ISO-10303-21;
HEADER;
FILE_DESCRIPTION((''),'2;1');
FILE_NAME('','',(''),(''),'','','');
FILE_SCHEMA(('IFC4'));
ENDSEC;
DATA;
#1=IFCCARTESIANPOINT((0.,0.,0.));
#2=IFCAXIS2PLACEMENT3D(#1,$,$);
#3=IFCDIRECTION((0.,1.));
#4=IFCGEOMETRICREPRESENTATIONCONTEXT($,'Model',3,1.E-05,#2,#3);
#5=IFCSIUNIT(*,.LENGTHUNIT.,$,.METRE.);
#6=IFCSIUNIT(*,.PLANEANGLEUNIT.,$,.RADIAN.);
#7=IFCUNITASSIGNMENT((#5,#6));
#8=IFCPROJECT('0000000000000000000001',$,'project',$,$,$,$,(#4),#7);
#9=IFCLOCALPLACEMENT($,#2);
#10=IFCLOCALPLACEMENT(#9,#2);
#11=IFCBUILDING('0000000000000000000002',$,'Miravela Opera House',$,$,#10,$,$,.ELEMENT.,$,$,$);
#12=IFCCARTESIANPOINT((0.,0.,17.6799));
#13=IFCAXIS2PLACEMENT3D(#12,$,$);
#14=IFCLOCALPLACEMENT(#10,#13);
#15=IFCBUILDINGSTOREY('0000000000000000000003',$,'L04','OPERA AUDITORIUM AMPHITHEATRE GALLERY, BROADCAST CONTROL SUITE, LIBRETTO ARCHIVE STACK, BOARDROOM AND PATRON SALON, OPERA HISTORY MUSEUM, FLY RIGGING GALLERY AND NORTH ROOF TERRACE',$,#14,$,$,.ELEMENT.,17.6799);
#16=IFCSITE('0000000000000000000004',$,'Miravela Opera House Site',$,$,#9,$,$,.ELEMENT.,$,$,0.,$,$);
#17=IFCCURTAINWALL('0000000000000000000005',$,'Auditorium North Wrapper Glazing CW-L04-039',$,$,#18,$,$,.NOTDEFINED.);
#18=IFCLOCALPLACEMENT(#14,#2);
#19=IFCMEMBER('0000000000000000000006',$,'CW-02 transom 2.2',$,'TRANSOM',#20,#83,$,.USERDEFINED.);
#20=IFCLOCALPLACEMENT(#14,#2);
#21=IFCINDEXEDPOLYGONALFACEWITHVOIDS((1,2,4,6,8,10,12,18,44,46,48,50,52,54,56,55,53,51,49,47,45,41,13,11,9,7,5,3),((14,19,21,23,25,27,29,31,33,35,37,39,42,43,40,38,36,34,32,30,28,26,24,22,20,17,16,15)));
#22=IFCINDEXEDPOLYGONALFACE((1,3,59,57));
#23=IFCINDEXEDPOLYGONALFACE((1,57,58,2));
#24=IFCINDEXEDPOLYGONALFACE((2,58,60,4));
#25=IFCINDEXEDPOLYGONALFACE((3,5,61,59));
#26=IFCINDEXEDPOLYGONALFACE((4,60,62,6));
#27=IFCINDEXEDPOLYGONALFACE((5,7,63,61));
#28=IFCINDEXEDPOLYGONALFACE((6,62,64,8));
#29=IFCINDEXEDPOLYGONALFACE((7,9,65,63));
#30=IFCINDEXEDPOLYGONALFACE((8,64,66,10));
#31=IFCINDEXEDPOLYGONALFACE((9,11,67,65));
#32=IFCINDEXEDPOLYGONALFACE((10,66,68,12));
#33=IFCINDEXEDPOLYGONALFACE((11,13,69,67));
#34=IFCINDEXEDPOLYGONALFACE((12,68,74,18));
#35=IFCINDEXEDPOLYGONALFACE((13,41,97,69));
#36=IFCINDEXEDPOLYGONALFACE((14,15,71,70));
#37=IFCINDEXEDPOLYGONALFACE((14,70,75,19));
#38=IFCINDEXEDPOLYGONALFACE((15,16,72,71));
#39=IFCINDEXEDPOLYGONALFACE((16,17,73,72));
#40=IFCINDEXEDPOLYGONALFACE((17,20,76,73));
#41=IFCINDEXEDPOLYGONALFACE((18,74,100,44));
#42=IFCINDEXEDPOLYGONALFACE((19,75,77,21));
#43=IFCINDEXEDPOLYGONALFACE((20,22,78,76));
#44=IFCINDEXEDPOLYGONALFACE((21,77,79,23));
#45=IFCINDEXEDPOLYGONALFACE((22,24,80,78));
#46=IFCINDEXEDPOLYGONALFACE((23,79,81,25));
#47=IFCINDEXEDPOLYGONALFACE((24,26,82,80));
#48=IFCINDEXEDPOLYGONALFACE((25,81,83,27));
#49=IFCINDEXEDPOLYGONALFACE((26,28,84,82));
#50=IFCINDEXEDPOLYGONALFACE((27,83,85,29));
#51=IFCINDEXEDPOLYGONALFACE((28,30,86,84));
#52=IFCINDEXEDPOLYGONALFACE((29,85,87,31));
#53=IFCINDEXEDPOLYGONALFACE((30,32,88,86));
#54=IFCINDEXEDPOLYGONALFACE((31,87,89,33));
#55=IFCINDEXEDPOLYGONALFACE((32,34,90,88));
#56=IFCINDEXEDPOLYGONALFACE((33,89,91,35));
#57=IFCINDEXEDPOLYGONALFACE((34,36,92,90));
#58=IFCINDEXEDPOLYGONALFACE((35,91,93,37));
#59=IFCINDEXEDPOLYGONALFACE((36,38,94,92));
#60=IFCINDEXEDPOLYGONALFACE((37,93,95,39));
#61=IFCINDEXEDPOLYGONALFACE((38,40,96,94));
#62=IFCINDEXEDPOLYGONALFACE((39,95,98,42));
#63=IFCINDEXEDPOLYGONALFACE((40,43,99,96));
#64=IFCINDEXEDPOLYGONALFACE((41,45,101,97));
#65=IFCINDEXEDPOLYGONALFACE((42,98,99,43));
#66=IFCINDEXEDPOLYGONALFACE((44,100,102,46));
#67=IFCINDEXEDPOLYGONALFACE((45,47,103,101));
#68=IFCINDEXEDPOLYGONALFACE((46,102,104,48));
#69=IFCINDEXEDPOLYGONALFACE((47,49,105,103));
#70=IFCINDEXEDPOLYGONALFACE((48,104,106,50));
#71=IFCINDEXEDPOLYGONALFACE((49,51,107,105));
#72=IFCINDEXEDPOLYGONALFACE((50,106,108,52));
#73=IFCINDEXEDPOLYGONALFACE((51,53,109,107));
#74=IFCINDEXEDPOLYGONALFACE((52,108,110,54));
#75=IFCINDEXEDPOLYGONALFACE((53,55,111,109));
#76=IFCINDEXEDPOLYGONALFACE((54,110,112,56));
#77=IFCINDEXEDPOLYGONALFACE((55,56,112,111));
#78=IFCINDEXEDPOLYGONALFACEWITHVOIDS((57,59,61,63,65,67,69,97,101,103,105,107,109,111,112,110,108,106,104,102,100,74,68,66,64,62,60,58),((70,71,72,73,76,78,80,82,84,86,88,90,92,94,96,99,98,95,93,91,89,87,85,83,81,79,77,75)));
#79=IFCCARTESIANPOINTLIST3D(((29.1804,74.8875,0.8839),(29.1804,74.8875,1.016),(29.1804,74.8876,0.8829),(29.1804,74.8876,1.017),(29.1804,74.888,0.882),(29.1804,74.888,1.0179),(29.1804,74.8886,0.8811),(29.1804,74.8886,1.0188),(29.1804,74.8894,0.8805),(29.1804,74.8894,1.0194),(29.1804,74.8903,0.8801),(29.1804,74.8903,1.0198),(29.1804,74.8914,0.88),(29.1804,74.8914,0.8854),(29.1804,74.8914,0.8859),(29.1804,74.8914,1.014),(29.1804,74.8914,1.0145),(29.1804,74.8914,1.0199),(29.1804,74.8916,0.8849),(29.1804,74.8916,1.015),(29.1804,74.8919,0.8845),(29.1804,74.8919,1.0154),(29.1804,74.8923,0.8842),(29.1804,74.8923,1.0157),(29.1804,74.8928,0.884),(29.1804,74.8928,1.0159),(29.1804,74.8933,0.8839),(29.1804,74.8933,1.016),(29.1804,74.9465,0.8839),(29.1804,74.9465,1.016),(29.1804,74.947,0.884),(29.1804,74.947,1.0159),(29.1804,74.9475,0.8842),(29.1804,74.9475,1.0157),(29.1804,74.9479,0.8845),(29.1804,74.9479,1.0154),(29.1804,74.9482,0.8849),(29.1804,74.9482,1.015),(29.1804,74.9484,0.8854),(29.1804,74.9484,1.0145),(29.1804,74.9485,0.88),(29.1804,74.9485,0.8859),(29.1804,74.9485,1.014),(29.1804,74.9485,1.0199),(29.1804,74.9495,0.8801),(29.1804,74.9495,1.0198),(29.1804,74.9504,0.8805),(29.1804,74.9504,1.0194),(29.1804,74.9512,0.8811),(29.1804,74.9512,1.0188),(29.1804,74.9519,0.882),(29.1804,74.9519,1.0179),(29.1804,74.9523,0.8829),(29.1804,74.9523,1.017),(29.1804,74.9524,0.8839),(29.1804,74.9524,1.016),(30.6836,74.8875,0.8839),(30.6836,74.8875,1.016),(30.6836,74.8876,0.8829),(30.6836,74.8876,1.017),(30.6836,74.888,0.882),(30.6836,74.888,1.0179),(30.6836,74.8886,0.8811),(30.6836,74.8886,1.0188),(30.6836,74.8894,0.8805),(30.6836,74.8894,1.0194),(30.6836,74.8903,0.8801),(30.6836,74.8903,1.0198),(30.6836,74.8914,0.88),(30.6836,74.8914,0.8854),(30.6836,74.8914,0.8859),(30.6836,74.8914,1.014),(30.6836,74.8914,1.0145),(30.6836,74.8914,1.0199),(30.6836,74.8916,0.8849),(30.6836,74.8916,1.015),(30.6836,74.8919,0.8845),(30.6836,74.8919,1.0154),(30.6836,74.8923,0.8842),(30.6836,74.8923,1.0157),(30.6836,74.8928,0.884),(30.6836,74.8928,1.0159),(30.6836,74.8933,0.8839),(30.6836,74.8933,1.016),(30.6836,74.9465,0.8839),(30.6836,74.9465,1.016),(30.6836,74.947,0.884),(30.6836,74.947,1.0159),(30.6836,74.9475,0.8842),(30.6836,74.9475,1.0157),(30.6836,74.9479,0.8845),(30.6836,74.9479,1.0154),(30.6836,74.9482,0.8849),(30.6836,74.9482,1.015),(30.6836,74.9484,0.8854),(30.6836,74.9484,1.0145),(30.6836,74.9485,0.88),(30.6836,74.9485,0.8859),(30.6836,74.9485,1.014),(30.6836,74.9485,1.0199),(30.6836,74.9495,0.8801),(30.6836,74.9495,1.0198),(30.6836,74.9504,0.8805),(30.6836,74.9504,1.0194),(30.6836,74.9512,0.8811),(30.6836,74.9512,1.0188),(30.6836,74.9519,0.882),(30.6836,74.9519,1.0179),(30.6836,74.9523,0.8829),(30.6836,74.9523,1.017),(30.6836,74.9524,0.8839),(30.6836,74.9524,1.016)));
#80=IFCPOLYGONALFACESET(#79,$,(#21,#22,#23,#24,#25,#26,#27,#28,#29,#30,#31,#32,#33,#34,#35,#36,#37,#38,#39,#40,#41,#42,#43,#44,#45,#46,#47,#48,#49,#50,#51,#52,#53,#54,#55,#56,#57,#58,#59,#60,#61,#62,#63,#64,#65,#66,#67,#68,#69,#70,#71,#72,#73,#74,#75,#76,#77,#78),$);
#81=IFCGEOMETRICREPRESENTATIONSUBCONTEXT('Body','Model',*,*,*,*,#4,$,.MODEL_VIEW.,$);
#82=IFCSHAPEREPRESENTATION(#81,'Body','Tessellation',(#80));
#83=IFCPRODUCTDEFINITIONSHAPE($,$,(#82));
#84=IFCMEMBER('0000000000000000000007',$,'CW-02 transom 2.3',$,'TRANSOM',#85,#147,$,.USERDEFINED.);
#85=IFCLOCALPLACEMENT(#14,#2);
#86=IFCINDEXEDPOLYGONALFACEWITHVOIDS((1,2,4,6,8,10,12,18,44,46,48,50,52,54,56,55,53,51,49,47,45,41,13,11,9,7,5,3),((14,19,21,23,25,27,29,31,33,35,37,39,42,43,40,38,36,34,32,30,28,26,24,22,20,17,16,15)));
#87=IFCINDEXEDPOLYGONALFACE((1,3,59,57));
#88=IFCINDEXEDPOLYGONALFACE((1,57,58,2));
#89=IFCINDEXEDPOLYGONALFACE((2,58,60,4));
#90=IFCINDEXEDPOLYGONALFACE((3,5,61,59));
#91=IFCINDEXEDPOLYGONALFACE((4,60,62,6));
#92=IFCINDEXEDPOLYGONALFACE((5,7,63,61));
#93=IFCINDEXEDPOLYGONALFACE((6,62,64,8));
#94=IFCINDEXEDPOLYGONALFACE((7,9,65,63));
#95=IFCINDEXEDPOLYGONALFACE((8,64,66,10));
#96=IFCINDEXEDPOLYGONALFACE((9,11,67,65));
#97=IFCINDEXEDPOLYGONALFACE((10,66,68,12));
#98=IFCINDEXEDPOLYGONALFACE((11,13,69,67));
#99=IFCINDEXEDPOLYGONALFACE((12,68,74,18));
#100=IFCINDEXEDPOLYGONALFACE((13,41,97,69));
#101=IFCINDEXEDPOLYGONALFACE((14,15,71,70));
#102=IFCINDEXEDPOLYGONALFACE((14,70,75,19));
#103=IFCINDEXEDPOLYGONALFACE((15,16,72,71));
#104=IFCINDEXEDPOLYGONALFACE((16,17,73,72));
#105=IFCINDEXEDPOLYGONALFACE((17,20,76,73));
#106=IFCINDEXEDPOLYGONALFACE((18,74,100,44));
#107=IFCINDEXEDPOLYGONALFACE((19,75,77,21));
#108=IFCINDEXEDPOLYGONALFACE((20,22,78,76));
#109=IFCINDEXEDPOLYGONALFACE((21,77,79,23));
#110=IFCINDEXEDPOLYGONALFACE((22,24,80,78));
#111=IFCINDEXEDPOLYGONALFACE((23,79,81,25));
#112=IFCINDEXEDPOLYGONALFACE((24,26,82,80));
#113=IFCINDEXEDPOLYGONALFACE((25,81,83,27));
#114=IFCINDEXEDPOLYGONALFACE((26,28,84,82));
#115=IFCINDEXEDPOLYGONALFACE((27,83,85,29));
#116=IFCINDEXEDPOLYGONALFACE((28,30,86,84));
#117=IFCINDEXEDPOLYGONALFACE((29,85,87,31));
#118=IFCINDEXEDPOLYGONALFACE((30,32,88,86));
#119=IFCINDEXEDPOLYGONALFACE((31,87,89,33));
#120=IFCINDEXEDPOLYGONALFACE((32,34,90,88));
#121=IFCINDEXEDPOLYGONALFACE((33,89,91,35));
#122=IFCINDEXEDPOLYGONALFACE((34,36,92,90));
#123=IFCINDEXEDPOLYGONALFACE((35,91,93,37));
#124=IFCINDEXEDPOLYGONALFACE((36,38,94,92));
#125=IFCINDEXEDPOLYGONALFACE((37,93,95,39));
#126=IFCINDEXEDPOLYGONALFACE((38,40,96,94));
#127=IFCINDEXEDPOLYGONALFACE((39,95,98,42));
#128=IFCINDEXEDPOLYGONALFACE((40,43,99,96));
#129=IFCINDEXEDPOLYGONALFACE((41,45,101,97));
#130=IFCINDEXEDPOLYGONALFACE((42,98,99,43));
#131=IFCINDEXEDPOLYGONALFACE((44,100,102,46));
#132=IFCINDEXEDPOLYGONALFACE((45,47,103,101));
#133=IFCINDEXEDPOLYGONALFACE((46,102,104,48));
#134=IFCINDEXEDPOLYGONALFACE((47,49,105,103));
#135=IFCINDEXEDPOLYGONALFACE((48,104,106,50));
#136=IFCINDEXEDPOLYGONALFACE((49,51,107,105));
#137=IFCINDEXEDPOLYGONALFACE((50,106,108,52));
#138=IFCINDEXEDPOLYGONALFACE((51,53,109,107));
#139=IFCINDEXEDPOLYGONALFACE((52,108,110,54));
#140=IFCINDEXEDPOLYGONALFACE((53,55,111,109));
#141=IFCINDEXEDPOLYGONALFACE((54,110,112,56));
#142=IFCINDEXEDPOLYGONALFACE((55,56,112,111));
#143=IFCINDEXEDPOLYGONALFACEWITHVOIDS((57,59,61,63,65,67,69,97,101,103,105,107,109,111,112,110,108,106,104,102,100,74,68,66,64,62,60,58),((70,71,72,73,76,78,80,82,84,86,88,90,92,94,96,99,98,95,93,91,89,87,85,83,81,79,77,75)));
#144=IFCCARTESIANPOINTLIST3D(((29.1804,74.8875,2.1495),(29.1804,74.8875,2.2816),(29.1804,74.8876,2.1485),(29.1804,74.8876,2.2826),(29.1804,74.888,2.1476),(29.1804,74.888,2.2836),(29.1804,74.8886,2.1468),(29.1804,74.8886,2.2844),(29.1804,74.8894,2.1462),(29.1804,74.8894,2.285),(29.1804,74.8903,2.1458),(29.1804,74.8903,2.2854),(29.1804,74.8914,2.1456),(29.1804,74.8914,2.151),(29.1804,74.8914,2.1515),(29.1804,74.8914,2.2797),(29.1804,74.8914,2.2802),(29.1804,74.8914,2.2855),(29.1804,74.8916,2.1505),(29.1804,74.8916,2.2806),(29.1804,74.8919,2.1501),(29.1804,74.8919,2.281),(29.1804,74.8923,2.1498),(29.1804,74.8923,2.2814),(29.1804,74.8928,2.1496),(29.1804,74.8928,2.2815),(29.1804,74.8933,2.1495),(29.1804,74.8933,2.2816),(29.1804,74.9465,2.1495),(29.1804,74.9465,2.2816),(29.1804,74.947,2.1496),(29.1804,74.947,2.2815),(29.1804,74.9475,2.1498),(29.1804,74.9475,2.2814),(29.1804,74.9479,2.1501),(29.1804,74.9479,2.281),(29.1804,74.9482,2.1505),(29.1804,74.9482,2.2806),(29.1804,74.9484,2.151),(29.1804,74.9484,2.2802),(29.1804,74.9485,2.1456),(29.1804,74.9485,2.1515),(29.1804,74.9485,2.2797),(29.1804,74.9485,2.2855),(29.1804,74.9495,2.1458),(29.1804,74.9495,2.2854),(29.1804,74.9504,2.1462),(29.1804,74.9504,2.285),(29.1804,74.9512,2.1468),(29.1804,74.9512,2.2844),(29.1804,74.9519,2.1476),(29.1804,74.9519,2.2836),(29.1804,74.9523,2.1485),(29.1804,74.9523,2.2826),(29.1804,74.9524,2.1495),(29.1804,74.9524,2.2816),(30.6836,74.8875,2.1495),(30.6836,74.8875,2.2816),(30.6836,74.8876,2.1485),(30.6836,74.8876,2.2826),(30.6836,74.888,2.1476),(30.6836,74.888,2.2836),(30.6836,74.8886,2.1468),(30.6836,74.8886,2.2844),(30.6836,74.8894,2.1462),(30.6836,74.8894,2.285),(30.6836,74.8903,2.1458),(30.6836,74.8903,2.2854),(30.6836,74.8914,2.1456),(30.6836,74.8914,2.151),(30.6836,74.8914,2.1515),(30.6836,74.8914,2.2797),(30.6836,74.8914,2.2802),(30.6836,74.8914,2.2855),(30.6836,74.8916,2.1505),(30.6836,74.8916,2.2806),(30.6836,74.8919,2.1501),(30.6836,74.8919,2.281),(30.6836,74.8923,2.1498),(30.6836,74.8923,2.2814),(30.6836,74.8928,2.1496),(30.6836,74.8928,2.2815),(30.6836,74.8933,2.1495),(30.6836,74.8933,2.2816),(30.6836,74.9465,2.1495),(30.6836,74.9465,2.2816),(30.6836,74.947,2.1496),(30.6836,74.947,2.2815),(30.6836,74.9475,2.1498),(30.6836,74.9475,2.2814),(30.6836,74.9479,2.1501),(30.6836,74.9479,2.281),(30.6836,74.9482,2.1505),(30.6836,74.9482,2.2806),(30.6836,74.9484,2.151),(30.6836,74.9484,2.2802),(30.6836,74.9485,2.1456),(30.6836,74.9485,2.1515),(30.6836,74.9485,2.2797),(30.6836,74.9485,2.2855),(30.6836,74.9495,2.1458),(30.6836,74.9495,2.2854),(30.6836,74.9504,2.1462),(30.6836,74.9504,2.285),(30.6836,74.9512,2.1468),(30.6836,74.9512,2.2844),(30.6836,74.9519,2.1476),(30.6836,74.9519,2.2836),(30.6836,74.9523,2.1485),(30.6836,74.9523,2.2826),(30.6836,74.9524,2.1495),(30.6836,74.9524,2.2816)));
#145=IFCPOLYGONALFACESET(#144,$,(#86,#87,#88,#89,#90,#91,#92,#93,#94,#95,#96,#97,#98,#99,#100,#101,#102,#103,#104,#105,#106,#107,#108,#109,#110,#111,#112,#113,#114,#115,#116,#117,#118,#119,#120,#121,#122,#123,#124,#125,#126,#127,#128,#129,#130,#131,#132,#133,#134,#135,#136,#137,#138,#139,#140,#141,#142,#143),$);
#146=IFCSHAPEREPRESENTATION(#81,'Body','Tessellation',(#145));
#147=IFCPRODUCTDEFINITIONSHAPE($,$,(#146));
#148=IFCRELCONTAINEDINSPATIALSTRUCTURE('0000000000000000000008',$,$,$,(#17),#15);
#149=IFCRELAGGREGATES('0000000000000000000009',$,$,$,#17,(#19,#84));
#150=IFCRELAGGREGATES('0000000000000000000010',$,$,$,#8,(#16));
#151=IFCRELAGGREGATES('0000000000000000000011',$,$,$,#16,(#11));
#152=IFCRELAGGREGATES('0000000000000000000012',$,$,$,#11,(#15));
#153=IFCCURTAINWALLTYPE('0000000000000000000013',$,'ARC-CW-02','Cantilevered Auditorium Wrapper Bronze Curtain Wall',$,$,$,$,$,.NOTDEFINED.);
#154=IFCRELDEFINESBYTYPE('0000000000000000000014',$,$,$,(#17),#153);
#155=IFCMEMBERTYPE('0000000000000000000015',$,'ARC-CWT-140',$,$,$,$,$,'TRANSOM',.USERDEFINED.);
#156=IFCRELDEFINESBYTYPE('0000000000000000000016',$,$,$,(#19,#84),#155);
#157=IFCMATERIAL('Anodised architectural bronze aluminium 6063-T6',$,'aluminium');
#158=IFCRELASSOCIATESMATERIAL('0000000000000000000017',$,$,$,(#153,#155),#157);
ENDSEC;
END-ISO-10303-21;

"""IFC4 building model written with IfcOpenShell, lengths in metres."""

from ifc_helpers import new_model, si_unit, direction, frame, origin, origin_2d, place, context, subcontext, project, spatial, hollow_rectangle, extrude, material, material_profile, profile_set, type_object, element, aggregate, save


model = new_model("IFC4")

# Units and contexts
model_context = context("Model", 3, precision=1e-05, world=origin(), true_north=direction((0.0, 1.0)))
body_context = subcontext(model_context, "Body", "Model", "MODEL_VIEW")
ifc_project = project(units=[si_unit("LENGTHUNIT", "METRE"), si_unit("PLANEANGLEUNIT", "RADIAN")], contexts=[model_context])

# Site, building, storey
site_placement = place(None, origin())
site = spatial("IfcSite", under=ifc_project, at=site_placement, Name="Miravela Opera House Site", CompositionType="ELEMENT", RefElevation=0.0)
building_placement = place(site_placement, origin())
building = spatial("IfcBuilding", under=site, at=building_placement, Name="Miravela Opera House", CompositionType="ELEMENT")
storey_placement = place(building_placement, frame((0.0, 0.0, 17.6799)))
storey = spatial("IfcBuildingStorey", under=building, at=storey_placement, Name="L04", Description="OPERA AUDITORIUM AMPHITHEATRE GALLERY, BROADCAST CONTROL SUITE, LIBRETTO ARCHIVE STACK, BOARDROOM AND PATRON SALON, OPERA HISTORY MUSEUM, FLY RIGGING GALLERY AND NORTH ROOF TERRACE", CompositionType="ELEMENT", Elevation=17.6799)

# Shared definitions
ifc_material_1 = material(Name="Anodised architectural bronze aluminium 6063-T6", Category="aluminium")
curtain_wall_type = type_object("IfcCurtainWallType", Name="ARC-CW-02", Description="Cantilevered Auditorium Wrapper Bronze Curtain Wall", PredefinedType="NOTDEFINED", material=ifc_material_1)

# Curtain wall
curtain_wall_1_placement = place(storey_placement, origin())
curtain_wall_1 = element("IfcCurtainWall", 1, at=curtain_wall_1_placement, inside=storey, type_object=curtain_wall_type, Name="Auditorium North Wrapper Glazing CW-L04-039", PredefinedType="NOTDEFINED")

# Members
ifc_material_profile_1 = material_profile(ifc_material_1, hollow_rectangle(XDim=0.0649, YDim=0.1399, WallThickness=0.0039, InnerFilletRadius=0.002, OuterFilletRadius=0.0039, at=origin_2d()), Name="CWT-65X140")
ifc_profile_set_1 = profile_set([ifc_material_profile_1])
member_type_1 = type_object("IfcMemberType", Name="ARC-CWT-140", ElementType="TRANSOM", PredefinedType="USERDEFINED", material=ifc_profile_set_1)
member_1_placement = place(storey_placement, frame((29.1804, 74.9199, 0.95), z_axis=(1.0, 0.0, 0.0), x_axis=(0.0, 1.0, 0.0)))
member_1 = element("IfcMember", 2, at=member_1_placement, type_object=member_type_1, Name="CW-02 transom 2.2", ObjectType="TRANSOM", PredefinedType="USERDEFINED", context=body_context, shape_type="SweptSolid", body=[
    extrude(hollow_rectangle(XDim=0.0649, YDim=0.1399, WallThickness=0.0039, InnerFilletRadius=0.002, OuterFilletRadius=0.0039, at=origin_2d()), origin(), (0.0, 0.0, 1.0), 1.5032),
])
member_2_placement = place(storey_placement, frame((29.1804, 74.9199, 2.2156), z_axis=(1.0, 0.0, 0.0), x_axis=(0.0, 1.0, 0.0)))
member_2 = element("IfcMember", 3, at=member_2_placement, type_object=member_type_1, Name="CW-02 transom 2.3", ObjectType="TRANSOM", PredefinedType="USERDEFINED", context=body_context, shape_type="SweptSolid", body=[
    extrude(hollow_rectangle(XDim=0.0649, YDim=0.1399, WallThickness=0.0039, InnerFilletRadius=0.002, OuterFilletRadius=0.0039, at=origin_2d()), origin(), (0.0, 0.0, 1.0), 1.5032),
])

aggregate(curtain_wall_1, [member_1, member_2])

save(model, "model.ifc")
